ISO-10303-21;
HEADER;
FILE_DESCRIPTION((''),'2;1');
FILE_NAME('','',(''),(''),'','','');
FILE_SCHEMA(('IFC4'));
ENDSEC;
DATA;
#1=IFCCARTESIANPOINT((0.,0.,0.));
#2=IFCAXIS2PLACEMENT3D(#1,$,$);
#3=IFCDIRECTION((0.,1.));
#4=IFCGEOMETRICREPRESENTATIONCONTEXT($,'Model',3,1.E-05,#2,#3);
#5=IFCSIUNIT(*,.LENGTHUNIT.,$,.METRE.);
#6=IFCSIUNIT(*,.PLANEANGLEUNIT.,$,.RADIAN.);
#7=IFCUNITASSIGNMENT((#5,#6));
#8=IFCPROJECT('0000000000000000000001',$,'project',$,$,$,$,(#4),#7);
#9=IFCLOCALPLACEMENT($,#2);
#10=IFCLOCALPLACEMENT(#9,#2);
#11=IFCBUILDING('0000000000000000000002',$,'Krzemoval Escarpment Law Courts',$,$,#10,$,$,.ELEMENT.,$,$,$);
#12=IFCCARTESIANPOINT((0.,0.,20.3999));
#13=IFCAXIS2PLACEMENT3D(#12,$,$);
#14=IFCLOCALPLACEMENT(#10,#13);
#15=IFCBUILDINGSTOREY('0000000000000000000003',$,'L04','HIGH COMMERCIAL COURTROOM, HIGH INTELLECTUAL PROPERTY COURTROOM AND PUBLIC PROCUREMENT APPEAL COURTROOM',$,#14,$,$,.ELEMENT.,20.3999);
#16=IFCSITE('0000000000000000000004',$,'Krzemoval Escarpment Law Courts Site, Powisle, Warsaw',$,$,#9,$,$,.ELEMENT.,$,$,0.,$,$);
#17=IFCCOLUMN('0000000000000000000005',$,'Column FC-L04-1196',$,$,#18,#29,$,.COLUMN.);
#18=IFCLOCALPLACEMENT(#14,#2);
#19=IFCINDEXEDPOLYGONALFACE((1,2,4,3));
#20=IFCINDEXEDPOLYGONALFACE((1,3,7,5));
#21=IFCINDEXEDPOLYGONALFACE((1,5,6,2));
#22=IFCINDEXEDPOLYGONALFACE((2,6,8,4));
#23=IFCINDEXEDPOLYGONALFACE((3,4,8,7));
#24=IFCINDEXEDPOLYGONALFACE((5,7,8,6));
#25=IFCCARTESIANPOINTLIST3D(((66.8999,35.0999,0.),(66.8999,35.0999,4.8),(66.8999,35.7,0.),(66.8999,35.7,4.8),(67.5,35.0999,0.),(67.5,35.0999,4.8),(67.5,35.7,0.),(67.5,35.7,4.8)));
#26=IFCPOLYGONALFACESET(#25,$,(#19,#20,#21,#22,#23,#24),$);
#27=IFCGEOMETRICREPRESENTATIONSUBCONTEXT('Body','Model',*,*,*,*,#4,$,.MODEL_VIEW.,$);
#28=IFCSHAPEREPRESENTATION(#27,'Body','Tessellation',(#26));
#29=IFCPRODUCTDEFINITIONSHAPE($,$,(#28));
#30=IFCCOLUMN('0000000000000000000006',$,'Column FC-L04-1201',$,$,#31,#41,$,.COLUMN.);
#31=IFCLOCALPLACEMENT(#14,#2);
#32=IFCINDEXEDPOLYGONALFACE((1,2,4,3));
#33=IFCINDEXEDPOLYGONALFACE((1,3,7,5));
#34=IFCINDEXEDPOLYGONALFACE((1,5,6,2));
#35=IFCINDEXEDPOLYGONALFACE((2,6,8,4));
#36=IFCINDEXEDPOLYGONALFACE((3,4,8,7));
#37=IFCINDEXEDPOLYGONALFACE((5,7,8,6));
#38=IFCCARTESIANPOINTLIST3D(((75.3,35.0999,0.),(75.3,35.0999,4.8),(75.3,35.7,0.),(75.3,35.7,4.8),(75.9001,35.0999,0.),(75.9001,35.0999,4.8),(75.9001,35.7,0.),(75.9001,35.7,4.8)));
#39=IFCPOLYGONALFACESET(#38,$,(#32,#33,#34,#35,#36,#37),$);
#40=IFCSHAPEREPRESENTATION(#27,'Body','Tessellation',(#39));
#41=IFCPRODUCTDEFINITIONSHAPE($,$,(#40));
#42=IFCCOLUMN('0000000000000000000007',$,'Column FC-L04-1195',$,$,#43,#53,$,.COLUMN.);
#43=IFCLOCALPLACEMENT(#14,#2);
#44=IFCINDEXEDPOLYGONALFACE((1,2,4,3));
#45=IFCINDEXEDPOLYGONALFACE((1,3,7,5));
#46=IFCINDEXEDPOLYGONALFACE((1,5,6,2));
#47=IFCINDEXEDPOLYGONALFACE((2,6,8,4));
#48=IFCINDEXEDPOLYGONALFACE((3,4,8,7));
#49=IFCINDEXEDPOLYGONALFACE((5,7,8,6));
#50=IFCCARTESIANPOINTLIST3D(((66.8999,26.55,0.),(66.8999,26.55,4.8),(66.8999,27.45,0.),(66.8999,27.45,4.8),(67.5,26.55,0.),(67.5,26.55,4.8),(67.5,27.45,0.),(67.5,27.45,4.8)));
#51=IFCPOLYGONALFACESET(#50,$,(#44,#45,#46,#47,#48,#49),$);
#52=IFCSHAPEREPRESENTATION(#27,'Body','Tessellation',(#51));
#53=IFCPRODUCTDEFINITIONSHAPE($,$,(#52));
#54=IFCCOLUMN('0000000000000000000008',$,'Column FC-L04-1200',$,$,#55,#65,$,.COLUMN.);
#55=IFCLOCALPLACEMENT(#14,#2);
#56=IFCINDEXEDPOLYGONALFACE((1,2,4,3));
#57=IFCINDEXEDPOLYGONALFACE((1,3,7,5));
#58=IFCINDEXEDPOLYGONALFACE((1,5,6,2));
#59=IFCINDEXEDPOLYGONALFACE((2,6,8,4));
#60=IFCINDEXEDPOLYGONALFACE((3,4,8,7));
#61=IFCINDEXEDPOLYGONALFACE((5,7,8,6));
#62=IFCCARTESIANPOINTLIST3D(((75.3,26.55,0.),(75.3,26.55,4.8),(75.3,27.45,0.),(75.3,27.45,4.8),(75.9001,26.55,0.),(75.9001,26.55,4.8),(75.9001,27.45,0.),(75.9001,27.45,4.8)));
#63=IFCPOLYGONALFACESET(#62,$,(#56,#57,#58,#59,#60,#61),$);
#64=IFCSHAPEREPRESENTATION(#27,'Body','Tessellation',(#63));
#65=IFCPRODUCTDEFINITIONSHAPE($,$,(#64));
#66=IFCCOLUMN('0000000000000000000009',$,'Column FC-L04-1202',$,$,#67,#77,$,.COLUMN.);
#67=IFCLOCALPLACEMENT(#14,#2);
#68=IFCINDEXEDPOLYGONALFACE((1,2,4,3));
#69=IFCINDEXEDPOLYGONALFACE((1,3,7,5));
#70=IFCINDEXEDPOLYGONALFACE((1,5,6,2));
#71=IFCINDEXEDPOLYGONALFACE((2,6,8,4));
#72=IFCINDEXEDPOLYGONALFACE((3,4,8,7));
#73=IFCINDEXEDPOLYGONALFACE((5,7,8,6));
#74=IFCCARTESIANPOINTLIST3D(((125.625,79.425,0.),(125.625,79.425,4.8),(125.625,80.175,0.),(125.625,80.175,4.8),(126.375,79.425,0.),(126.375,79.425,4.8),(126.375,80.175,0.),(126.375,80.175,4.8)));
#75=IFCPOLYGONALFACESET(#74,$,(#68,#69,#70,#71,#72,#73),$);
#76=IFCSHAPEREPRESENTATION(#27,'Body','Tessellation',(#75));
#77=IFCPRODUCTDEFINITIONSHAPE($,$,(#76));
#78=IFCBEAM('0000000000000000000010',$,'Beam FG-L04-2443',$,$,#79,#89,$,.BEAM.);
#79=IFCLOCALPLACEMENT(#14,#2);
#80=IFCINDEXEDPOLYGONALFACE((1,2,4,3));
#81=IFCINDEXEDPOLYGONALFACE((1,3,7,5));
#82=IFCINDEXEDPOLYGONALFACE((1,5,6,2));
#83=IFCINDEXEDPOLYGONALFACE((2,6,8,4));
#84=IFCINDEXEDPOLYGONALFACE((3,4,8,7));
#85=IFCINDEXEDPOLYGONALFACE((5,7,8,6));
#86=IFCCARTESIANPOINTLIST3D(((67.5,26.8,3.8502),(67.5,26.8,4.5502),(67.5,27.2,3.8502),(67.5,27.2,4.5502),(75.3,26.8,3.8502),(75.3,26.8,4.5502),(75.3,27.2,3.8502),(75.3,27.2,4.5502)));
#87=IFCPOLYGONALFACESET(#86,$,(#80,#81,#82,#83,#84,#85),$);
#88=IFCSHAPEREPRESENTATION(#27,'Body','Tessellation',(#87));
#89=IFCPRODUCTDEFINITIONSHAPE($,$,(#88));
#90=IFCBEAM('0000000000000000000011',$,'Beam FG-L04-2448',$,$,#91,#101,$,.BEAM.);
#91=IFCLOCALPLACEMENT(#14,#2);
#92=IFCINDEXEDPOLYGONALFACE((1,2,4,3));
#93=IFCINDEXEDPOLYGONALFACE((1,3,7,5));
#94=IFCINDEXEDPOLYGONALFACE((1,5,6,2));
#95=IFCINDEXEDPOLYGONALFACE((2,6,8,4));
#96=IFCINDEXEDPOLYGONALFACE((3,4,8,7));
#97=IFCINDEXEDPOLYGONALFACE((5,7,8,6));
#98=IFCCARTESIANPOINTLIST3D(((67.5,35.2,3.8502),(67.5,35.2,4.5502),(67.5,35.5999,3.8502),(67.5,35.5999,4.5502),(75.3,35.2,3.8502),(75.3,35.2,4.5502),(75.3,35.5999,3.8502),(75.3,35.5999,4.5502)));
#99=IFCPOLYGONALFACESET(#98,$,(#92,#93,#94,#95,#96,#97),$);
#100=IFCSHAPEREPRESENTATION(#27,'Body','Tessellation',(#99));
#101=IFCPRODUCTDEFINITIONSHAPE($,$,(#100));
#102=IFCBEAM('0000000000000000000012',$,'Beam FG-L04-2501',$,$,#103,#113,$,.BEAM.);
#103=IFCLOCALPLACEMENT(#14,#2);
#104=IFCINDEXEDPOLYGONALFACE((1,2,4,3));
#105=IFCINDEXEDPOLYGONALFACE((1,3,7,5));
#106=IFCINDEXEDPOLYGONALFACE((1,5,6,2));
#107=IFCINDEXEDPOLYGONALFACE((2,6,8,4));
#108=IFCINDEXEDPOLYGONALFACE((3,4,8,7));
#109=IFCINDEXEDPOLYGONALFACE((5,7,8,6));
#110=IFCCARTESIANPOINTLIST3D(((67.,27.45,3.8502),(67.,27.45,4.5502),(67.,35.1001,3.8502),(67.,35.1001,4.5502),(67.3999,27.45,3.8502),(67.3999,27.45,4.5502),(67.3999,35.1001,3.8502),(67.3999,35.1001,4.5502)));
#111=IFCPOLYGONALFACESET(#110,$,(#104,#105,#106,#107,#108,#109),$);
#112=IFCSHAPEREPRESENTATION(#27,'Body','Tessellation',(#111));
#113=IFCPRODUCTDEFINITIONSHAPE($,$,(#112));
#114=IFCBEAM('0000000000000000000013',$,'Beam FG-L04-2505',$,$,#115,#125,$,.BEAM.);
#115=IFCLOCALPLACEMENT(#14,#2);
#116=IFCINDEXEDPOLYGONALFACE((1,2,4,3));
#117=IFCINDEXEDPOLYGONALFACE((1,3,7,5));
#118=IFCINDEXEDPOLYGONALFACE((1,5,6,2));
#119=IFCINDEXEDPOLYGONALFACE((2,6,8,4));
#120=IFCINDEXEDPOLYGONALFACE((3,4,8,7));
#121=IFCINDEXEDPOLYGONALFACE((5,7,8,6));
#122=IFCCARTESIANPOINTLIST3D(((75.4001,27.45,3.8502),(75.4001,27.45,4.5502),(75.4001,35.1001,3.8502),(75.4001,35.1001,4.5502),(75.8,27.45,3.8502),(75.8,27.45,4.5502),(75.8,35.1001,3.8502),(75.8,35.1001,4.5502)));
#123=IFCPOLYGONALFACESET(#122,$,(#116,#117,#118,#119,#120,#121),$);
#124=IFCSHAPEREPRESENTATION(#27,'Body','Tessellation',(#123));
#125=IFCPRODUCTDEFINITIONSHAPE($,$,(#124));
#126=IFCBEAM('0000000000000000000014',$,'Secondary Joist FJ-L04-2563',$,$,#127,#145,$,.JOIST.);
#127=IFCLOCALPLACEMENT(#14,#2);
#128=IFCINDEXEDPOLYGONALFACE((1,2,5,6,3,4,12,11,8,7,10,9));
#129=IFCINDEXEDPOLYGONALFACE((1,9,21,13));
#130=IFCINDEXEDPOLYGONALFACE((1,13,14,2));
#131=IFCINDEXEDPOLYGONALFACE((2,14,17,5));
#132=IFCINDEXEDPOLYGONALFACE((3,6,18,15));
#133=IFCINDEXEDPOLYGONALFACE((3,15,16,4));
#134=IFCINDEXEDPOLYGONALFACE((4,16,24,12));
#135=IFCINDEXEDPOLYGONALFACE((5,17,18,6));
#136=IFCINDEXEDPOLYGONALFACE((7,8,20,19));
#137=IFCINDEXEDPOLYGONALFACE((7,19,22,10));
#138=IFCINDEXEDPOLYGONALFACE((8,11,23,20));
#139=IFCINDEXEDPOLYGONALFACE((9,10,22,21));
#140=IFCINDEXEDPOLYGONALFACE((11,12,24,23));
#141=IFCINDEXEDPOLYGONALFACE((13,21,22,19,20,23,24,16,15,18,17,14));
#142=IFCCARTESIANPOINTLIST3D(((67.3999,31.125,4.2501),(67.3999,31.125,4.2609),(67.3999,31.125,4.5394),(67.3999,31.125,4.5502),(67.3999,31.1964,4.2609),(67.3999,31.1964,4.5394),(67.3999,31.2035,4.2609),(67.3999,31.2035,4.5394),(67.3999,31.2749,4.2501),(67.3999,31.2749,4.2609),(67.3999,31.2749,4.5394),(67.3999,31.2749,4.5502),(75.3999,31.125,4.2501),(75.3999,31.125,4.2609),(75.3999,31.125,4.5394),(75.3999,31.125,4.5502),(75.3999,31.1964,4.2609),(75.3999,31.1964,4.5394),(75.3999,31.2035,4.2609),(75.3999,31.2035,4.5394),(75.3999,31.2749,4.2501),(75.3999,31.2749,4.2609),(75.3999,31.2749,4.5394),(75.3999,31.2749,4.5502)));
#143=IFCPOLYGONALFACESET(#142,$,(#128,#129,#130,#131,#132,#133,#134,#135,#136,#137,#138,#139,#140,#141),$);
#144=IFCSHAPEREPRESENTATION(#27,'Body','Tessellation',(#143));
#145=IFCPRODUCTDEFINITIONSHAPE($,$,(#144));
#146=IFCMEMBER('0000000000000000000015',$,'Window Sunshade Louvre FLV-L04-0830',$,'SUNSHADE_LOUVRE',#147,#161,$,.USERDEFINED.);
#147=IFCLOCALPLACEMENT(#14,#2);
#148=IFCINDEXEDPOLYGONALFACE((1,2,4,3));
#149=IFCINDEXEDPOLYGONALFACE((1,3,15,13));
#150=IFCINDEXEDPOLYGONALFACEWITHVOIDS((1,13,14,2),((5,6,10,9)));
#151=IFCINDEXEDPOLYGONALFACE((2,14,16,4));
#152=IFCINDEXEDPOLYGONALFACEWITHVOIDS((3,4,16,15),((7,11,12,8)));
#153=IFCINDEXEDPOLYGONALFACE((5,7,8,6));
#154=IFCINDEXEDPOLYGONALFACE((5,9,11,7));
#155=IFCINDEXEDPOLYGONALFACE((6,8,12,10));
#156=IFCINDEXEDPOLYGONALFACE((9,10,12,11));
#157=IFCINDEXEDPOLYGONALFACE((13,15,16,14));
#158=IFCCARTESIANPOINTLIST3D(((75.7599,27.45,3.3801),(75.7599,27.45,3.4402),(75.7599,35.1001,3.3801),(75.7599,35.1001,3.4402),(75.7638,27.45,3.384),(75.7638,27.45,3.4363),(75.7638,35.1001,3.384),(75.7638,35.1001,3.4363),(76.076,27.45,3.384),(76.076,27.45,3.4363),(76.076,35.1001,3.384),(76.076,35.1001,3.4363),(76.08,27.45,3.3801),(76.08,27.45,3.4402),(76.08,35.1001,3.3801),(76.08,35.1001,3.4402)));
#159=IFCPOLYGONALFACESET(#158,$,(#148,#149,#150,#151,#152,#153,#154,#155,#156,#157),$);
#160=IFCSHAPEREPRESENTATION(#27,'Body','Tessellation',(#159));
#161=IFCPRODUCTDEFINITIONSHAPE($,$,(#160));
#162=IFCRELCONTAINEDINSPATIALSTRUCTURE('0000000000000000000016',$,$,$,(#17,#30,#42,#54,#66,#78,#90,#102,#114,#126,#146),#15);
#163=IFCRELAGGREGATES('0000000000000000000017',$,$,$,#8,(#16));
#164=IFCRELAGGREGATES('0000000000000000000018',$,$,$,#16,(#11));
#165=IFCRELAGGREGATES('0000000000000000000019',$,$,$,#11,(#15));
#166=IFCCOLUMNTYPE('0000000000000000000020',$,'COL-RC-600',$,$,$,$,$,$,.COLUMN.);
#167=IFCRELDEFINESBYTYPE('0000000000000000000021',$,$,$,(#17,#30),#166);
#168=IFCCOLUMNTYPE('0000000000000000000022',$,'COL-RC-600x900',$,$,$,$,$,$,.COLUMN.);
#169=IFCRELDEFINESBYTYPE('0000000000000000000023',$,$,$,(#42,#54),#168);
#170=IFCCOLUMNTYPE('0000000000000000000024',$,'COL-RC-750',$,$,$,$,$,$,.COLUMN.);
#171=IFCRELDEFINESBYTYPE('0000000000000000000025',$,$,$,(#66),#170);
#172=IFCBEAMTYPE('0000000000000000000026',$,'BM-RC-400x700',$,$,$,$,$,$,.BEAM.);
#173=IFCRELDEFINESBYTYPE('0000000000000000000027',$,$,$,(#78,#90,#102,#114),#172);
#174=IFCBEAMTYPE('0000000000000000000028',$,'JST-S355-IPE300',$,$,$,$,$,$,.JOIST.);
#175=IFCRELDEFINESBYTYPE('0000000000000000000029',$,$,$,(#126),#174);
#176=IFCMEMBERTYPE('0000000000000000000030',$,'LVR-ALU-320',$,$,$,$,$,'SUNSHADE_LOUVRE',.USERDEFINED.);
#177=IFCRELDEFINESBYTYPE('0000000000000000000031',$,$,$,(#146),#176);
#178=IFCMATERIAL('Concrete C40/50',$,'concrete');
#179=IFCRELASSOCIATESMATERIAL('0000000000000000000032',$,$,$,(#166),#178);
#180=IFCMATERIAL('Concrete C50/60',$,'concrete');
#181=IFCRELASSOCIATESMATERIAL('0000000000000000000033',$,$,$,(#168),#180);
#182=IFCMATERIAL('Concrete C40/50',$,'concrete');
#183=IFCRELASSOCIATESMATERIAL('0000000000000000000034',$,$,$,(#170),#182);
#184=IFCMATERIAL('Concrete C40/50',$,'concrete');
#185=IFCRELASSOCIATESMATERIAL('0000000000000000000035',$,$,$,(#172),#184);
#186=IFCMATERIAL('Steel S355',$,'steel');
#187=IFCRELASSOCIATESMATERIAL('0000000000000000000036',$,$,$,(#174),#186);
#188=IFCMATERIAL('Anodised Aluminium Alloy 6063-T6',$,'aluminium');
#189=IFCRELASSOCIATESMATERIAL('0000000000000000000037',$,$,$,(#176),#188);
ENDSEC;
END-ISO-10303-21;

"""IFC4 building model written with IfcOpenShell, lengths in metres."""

from ifc_helpers import new_model, si_unit, direction, frame, origin, origin_2d, place, context, subcontext, project, spatial, rectangle, hollow_rectangle, i_section, extrude, material, material_profile, profile_set, type_object, element, save


model = new_model("IFC4")

# Units and contexts
model_context = context("Model", 3, precision=1e-05, world=origin(), true_north=direction((0.0, 1.0)))
body_context = subcontext(model_context, "Body", "Model", "MODEL_VIEW")
ifc_project = project(units=[si_unit("LENGTHUNIT", "METRE"), si_unit("PLANEANGLEUNIT", "RADIAN")], contexts=[model_context])

# Site, building, storey
site_placement = place(None, origin())
site = spatial("IfcSite", under=ifc_project, at=site_placement, Name="Krzemoval Escarpment Law Courts Site, Powisle, Warsaw", CompositionType="ELEMENT", RefElevation=0.0)
building_placement = place(site_placement, origin())
building = spatial("IfcBuilding", under=site, at=building_placement, Name="Krzemoval Escarpment Law Courts", CompositionType="ELEMENT")
storey_placement = place(building_placement, frame((0.0, 0.0, 20.3999)))
storey = spatial("IfcBuildingStorey", under=building, at=storey_placement, Name="L04", Description="HIGH COMMERCIAL COURTROOM, HIGH INTELLECTUAL PROPERTY COURTROOM AND PUBLIC PROCUREMENT APPEAL COURTROOM", CompositionType="ELEMENT", Elevation=20.3999)

# Columns
ifc_material_1 = material(Name="Concrete C40/50", Category="concrete")
ifc_material_profile_1 = material_profile(ifc_material_1, rectangle(XDim=0.6001, YDim=0.6001, at=origin_2d()), Name="RC 600x600")
ifc_profile_set_1 = profile_set([ifc_material_profile_1], Name="Concrete C40/50")
column_type_1 = type_object("IfcColumnType", Name="COL-RC-600", PredefinedType="COLUMN", material=ifc_profile_set_1)
for number, where, z_axis, x_axis, name in (
    (1, (67.2, 35.3999, 0.0), (0.0, 0.0, 1.0), (1.0, 0.0, 0.0), "Column FC-L04-1196"),
    (2, (75.6001, 35.3999, 0.0), (0.0, 0.0, 1.0), (1.0, 0.0, 0.0), "Column FC-L04-1201"),
):
    element("IfcColumn", number, at=place(storey_placement, frame(where, z_axis=z_axis, x_axis=x_axis)), inside=storey, type_object=column_type_1, Name=name, PredefinedType="COLUMN", context=body_context, shape_type="SweptSolid", body=[
        extrude(rectangle(XDim=0.6001, YDim=0.6001, at=origin_2d()), origin(), (0.0, 0.0, 1.0), 4.8),
    ])
ifc_material_2 = material(Name="Concrete C50/60", Category="concrete")
ifc_material_profile_2 = material_profile(ifc_material_2, rectangle(XDim=0.6001, YDim=0.8999, at=origin_2d()), Name="RC 600x900")
ifc_profile_set_2 = profile_set([ifc_material_profile_2], Name="Concrete C50/60")
column_type_2 = type_object("IfcColumnType", Name="COL-RC-600x900", PredefinedType="COLUMN", material=ifc_profile_set_2)
for number, where, z_axis, x_axis, name in (
    (3, (67.2, 27.0, 0.0), (0.0, 0.0, 1.0), (1.0, 0.0, 0.0), "Column FC-L04-1195"),
    (4, (75.6001, 27.0, 0.0), (0.0, 0.0, 1.0), (1.0, 0.0, 0.0), "Column FC-L04-1200"),
):
    element("IfcColumn", number, at=place(storey_placement, frame(where, z_axis=z_axis, x_axis=x_axis)), inside=storey, type_object=column_type_2, Name=name, PredefinedType="COLUMN", context=body_context, shape_type="SweptSolid", body=[
        extrude(rectangle(XDim=0.6001, YDim=0.8999, at=origin_2d()), origin(), (0.0, 0.0, 1.0), 4.8),
    ])
ifc_material_3 = material(Name="Concrete C40/50", Category="concrete")
ifc_material_profile_3 = material_profile(ifc_material_3, rectangle(XDim=0.75, YDim=0.75, at=origin_2d()), Name="RC 750x750")
ifc_profile_set_3 = profile_set([ifc_material_profile_3], Name="Concrete C40/50")
column_type_3 = type_object("IfcColumnType", Name="COL-RC-750", PredefinedType="COLUMN", material=ifc_profile_set_3)
column_placement = place(storey_placement, frame((126.0, 79.8, 0.0), z_axis=(0.0, 0.0, 1.0), x_axis=(1.0, 0.0, 0.0)))
element("IfcColumn", 5, at=column_placement, inside=storey, type_object=column_type_3, Name="Column FC-L04-1202", PredefinedType="COLUMN", context=body_context, shape_type="SweptSolid", body=[
    extrude(rectangle(XDim=0.75, YDim=0.75, at=origin_2d()), origin(), (0.0, 0.0, 1.0), 4.8),
])

# Beams
ifc_material_4 = material(Name="Concrete C40/50", Category="concrete")
ifc_material_profile_4 = material_profile(ifc_material_4, rectangle(XDim=0.3999, YDim=0.7, at=origin_2d()), Name="RCB 400x700")
ifc_profile_set_4 = profile_set([ifc_material_profile_4], Name="Concrete C40/50")
beam_type_1 = type_object("IfcBeamType", Name="BM-RC-400x700", PredefinedType="BEAM", material=ifc_profile_set_4)
for number, where, z_axis, x_axis, name in (
    (6, (67.5, 27.0, 4.2002), (1.0, 0.0, 0.0), (0.0, 1.0, 0.0), "Beam FG-L04-2443"),
    (7, (67.5, 35.3999, 4.2002), (1.0, 0.0, 0.0), (0.0, 1.0, 0.0), "Beam FG-L04-2448"),
):
    element("IfcBeam", number, at=place(storey_placement, frame(where, z_axis=z_axis, x_axis=x_axis)), inside=storey, type_object=beam_type_1, Name=name, PredefinedType="BEAM", context=body_context, shape_type="SweptSolid", body=[
        extrude(rectangle(XDim=0.3999, YDim=0.7, at=origin_2d()), origin(), (0.0, 0.0, 1.0), 7.8),
    ])
for number, where, z_axis, x_axis, name in (
    (8, (67.2, 27.45, 4.2002), (0.0, 1.0, 0.0), (-1.0, 0.0, 0.0), "Beam FG-L04-2501"),
    (9, (75.6001, 27.45, 4.2002), (0.0, 1.0, 0.0), (-1.0, 0.0, 0.0), "Beam FG-L04-2505"),
):
    element("IfcBeam", number, at=place(storey_placement, frame(where, z_axis=z_axis, x_axis=x_axis)), inside=storey, type_object=beam_type_1, Name=name, PredefinedType="BEAM", context=body_context, shape_type="SweptSolid", body=[
        extrude(rectangle(XDim=0.3999, YDim=0.7, at=origin_2d()), origin(), (0.0, 0.0, 1.0), 7.6501),
    ])
ifc_material_5 = material(Name="Steel S355", Category="steel")
ifc_material_profile_5 = material_profile(ifc_material_5, i_section(OverallWidth=0.1499, OverallDepth=0.3, WebThickness=0.0071, FlangeThickness=0.0107, at=origin_2d()), Name="IPE 300")
ifc_profile_set_5 = profile_set([ifc_material_profile_5], Name="Steel S355")
beam_type_2 = type_object("IfcBeamType", Name="JST-S355-IPE300", PredefinedType="JOIST", material=ifc_profile_set_5)
beam_placement = place(storey_placement, frame((67.3999, 31.2, 4.4001), z_axis=(1.0, 0.0, 0.0), x_axis=(0.0, 1.0, 0.0)))
element("IfcBeam", 10, at=beam_placement, inside=storey, type_object=beam_type_2, Name="Secondary Joist FJ-L04-2563", PredefinedType="JOIST", context=body_context, shape_type="SweptSolid", body=[
    extrude(i_section(OverallWidth=0.1499, OverallDepth=0.3, WebThickness=0.0071, FlangeThickness=0.0107, at=origin_2d()), origin(), (0.0, 0.0, 1.0), 8.0),
])

# Member
ifc_material_6 = material(Name="Anodised Aluminium Alloy 6063-T6", Category="aluminium")
ifc_material_profile_6 = material_profile(ifc_material_6, hollow_rectangle(XDim=0.0601, YDim=0.3201, WallThickness=0.0039, at=origin_2d()), Name="ALU LVR 60x320")
ifc_profile_set_6 = profile_set([ifc_material_profile_6], Name="Anodised Aluminium Alloy 6063-T6")
member_type = type_object("IfcMemberType", Name="LVR-ALU-320", ElementType="SUNSHADE_LOUVRE", PredefinedType="USERDEFINED", material=ifc_profile_set_6)
member_placement = place(storey_placement, frame((75.9199, 35.1001, 3.4102), z_axis=(0.0, -1.0, 0.0), x_axis=(0.0, 0.0, 1.0)))
element("IfcMember", 11, at=member_placement, inside=storey, type_object=member_type, Name="Window Sunshade Louvre FLV-L04-0830", ObjectType="SUNSHADE_LOUVRE", PredefinedType="USERDEFINED", context=body_context, shape_type="SweptSolid", body=[
    extrude(hollow_rectangle(XDim=0.0601, YDim=0.3201, WallThickness=0.0039, at=origin_2d()), origin(), (0.0, 0.0, 1.0), 7.6501),
])

save(model, "model.ifc")
